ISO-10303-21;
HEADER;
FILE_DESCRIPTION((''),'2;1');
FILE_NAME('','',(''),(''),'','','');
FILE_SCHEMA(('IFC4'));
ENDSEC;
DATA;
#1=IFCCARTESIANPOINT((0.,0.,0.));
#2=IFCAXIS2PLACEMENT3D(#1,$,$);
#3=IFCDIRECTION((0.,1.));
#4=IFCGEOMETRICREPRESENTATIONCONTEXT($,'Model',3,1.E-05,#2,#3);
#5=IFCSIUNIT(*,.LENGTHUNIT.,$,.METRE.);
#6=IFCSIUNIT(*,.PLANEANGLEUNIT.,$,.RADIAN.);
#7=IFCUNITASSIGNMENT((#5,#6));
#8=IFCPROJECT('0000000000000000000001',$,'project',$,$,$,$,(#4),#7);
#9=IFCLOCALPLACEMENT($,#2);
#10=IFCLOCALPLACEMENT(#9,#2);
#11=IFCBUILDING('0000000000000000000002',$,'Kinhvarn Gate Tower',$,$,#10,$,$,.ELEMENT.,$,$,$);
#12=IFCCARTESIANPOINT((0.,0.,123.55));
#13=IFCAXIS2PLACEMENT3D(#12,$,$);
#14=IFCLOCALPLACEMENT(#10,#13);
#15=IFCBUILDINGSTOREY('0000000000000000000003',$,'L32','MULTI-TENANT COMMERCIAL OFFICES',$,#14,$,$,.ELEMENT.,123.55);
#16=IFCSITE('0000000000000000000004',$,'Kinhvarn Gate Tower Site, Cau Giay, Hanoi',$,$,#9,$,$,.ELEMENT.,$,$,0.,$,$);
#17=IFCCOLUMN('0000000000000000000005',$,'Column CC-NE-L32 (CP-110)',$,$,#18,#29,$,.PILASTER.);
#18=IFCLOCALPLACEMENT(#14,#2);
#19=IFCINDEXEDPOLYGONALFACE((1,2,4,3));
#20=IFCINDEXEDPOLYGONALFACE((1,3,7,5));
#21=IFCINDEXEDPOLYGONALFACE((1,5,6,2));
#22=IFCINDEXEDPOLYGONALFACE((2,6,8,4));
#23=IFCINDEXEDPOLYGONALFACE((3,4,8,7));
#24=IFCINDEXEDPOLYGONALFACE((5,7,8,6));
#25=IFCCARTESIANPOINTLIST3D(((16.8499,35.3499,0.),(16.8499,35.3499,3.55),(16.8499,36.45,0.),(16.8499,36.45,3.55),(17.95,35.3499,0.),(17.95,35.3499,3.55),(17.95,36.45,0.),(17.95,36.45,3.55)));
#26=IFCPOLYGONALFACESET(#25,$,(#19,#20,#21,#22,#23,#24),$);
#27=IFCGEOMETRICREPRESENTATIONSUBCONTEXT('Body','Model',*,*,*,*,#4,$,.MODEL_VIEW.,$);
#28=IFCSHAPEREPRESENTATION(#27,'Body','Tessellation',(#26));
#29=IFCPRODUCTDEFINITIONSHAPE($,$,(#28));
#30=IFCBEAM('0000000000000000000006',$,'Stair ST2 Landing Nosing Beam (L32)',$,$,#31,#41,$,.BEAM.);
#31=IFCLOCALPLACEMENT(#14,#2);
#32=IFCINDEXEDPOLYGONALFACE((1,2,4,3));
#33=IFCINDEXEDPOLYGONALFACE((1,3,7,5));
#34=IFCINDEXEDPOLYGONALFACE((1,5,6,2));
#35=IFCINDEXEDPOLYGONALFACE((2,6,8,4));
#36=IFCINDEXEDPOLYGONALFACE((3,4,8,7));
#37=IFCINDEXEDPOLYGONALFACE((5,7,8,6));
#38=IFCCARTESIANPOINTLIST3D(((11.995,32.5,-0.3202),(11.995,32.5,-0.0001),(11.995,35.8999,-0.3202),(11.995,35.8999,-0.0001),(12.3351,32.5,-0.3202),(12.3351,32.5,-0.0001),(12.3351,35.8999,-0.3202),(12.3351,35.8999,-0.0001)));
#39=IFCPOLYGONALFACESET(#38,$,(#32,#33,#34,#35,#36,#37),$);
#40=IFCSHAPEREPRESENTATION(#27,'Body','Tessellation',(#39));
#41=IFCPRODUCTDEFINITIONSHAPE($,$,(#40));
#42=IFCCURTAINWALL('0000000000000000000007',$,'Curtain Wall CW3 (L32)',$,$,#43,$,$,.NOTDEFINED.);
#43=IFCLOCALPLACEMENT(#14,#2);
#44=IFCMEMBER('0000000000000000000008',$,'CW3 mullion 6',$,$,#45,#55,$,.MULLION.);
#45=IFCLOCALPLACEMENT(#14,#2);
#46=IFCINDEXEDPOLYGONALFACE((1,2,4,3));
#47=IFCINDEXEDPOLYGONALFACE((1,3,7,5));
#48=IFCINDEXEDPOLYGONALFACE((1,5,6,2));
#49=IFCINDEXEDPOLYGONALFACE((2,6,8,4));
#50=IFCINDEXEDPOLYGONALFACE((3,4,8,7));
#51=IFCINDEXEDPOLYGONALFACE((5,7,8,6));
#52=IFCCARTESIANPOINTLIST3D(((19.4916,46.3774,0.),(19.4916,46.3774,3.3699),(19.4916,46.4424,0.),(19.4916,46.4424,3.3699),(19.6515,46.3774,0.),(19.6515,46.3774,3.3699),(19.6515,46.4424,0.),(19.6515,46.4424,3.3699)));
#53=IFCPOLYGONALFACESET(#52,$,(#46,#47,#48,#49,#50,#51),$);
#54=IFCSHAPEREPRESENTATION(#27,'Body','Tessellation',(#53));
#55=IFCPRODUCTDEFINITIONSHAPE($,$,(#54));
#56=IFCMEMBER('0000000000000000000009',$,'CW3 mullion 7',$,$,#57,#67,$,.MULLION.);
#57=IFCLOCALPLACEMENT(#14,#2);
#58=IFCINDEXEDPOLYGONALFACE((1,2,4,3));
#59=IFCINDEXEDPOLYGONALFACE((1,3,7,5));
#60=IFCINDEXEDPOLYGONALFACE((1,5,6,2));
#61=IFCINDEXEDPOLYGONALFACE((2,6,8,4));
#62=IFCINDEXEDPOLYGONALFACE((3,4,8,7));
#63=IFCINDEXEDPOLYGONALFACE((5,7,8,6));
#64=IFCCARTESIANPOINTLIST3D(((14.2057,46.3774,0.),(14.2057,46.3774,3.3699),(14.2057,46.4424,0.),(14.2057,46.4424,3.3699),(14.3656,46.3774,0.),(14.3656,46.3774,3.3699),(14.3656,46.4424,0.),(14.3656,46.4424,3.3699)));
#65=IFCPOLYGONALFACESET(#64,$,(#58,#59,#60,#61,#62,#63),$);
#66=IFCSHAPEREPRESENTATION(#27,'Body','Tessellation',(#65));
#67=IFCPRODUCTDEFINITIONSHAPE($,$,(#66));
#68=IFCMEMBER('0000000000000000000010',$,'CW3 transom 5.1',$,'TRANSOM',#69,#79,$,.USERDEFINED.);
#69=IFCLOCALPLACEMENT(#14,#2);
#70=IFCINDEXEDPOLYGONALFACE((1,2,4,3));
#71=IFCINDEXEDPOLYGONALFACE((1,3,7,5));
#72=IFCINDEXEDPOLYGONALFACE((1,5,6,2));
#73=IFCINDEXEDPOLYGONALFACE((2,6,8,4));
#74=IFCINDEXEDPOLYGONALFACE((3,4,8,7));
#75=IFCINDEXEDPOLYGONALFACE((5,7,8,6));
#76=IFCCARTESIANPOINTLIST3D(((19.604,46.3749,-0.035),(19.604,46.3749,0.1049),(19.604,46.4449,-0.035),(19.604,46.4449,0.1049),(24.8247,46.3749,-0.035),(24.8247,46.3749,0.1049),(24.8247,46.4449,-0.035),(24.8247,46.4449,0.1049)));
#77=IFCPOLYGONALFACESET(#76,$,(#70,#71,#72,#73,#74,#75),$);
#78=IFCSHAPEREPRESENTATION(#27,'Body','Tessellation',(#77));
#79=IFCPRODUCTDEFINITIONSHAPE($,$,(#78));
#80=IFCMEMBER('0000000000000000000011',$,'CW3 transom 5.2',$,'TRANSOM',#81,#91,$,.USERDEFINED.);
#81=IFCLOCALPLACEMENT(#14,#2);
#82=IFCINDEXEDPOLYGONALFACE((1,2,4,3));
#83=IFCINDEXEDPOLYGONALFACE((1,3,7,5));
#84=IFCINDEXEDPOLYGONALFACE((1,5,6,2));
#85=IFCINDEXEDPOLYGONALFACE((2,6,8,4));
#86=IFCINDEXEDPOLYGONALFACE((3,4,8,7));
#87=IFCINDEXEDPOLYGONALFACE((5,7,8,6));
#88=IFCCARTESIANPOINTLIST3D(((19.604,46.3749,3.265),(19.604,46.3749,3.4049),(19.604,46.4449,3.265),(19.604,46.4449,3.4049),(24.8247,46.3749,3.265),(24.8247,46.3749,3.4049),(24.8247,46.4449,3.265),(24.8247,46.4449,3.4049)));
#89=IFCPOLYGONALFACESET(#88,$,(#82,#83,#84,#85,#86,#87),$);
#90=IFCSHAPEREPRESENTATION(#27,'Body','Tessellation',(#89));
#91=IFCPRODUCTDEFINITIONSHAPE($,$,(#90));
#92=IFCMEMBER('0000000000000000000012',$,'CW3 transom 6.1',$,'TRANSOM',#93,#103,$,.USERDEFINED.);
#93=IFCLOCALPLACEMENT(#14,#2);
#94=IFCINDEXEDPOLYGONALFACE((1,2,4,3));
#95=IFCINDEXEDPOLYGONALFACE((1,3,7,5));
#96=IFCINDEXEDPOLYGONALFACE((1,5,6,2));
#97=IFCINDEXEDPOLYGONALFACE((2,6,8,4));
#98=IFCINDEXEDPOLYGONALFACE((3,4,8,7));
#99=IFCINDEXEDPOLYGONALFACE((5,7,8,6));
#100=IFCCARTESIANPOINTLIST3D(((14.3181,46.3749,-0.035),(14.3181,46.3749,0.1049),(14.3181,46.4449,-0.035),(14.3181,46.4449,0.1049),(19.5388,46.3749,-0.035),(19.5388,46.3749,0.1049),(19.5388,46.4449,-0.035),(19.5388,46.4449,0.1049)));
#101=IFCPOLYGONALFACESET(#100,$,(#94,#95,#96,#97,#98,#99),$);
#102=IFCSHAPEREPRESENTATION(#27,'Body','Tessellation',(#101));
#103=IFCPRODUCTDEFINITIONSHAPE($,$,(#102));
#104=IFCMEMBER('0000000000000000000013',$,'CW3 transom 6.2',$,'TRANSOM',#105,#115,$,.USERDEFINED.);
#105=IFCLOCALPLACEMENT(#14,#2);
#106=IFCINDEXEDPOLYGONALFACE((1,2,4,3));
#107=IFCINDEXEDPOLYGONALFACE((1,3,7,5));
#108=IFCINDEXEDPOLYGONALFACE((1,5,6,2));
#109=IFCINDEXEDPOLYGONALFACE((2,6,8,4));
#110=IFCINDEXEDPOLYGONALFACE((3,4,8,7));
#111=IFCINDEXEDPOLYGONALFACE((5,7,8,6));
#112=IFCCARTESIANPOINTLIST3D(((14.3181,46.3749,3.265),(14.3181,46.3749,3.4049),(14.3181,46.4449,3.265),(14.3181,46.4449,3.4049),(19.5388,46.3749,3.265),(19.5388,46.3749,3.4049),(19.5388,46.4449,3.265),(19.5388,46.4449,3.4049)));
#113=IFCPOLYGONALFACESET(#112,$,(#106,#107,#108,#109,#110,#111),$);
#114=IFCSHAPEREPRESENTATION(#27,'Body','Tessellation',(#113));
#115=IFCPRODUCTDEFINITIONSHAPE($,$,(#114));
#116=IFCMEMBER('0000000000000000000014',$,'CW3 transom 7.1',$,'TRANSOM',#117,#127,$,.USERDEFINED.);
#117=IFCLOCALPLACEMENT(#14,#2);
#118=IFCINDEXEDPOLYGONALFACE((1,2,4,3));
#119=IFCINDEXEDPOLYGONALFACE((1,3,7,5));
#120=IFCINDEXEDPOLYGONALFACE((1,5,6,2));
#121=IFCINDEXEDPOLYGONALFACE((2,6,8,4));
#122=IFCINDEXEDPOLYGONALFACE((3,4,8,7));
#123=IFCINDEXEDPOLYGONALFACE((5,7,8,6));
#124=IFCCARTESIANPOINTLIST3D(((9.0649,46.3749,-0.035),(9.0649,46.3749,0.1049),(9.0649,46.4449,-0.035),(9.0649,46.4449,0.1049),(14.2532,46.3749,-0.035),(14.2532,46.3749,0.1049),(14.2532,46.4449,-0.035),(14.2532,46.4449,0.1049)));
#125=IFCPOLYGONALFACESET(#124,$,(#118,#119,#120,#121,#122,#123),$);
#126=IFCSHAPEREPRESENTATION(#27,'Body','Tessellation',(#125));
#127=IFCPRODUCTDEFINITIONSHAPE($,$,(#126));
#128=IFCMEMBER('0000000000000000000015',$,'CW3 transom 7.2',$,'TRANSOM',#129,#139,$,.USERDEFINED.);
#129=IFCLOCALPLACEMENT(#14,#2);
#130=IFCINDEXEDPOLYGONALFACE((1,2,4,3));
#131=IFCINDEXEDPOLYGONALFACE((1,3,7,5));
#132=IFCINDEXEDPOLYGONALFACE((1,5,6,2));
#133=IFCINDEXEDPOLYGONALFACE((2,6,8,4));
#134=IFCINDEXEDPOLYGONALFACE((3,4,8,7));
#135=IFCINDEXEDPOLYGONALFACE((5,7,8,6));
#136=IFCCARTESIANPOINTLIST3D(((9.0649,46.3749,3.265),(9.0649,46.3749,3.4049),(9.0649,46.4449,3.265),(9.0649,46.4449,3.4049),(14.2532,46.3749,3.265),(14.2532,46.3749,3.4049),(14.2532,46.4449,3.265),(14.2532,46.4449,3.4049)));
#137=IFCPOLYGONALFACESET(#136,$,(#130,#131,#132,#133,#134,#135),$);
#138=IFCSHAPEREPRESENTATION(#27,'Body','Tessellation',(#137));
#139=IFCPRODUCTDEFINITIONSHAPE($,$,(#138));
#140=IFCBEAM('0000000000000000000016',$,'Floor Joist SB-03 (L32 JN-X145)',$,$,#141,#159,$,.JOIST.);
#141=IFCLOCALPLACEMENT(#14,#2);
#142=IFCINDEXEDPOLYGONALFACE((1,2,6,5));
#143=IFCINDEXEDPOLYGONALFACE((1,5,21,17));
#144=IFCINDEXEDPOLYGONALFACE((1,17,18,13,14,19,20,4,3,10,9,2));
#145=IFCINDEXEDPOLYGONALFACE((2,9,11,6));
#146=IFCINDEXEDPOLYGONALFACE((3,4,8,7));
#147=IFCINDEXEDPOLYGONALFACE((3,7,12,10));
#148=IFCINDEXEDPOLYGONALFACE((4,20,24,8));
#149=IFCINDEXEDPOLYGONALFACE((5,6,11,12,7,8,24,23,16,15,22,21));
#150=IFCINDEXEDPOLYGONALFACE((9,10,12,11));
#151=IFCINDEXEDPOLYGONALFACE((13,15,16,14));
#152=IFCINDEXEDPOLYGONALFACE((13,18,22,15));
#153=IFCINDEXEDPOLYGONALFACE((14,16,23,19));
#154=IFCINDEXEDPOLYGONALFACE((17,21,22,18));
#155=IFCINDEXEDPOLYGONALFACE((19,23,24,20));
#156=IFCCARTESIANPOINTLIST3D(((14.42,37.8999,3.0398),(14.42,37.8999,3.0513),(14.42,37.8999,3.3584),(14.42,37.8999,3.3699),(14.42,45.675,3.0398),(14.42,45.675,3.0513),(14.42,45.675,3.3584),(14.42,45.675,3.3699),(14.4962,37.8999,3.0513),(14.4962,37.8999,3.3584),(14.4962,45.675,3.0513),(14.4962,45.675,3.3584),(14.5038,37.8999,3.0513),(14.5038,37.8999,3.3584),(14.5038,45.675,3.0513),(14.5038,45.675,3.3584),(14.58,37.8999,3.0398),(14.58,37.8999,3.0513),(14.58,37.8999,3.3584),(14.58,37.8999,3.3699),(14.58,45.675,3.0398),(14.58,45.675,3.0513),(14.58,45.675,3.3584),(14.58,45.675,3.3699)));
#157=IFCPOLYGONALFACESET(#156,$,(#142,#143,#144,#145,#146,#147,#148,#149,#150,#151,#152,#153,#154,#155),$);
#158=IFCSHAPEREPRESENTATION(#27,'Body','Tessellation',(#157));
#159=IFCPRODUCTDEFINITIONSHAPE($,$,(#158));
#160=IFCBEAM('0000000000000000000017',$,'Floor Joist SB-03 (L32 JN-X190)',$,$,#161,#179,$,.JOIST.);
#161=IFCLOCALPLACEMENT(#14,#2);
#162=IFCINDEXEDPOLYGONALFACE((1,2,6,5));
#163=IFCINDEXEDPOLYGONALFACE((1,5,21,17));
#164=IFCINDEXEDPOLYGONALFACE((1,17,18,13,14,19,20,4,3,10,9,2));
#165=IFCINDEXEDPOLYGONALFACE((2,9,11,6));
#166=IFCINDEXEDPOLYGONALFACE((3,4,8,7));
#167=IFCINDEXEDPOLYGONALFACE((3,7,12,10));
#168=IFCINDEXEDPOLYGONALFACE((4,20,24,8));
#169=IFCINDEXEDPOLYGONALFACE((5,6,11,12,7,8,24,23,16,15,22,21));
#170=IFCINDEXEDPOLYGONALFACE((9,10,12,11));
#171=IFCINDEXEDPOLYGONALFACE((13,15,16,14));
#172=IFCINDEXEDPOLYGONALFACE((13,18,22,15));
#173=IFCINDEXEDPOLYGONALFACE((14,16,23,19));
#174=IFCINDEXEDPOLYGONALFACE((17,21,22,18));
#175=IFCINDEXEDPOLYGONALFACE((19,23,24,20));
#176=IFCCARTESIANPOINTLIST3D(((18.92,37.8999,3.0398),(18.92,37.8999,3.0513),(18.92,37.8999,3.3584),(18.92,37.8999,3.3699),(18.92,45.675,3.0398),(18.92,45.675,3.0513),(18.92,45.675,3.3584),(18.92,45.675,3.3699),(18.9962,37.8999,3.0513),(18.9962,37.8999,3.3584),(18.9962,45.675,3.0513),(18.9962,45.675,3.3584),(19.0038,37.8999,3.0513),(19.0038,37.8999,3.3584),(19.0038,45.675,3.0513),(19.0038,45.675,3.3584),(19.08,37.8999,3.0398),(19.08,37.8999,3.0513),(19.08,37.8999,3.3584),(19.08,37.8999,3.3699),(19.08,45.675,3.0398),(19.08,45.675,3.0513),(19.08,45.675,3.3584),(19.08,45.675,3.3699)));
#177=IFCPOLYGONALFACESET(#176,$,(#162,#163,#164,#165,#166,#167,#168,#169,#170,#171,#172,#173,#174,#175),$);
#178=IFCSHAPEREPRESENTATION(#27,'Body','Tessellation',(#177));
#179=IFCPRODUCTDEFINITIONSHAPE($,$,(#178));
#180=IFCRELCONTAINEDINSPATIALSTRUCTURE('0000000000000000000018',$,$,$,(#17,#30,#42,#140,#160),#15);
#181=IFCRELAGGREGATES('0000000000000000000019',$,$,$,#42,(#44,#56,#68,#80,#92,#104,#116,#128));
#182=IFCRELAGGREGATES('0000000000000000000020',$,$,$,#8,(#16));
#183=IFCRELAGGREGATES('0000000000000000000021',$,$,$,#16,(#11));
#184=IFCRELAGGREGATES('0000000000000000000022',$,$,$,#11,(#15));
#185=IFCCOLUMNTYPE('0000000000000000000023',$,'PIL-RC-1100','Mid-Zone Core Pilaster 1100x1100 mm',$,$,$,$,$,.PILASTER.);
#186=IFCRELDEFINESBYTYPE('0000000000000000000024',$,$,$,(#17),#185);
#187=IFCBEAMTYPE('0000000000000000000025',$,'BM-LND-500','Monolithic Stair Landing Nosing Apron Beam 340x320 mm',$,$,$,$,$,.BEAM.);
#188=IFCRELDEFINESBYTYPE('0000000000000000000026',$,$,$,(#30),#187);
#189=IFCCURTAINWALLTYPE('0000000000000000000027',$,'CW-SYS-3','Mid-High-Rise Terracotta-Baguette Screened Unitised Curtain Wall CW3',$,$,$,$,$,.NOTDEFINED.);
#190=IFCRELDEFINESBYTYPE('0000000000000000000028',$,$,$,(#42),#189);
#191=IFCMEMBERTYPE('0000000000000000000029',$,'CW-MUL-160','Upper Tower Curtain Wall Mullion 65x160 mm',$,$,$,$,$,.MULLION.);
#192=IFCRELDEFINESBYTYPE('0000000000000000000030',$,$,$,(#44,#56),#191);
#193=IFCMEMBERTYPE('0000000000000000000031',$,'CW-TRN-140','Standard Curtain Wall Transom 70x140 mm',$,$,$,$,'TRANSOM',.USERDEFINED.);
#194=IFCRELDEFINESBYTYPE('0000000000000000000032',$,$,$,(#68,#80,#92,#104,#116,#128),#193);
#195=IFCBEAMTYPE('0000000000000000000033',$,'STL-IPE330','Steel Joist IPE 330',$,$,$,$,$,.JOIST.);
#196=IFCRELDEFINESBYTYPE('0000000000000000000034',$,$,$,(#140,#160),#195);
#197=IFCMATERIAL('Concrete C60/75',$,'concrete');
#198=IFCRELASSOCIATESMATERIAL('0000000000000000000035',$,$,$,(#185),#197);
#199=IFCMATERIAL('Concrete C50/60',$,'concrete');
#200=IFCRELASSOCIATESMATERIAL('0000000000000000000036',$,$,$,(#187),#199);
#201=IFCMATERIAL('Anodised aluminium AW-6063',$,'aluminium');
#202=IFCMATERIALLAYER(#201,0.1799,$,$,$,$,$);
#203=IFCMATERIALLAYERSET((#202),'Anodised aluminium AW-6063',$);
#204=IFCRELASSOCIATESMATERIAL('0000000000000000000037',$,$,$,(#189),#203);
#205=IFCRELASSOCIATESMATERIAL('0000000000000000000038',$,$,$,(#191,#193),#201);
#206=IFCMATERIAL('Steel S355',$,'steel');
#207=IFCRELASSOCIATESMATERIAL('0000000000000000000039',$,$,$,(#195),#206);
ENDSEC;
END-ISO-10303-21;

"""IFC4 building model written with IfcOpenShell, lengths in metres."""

from ifc_helpers import new_model, si_unit, direction, frame, origin, origin_2d, place, context, subcontext, project, spatial, rectangle, i_section, extrude, material, layer, layer_set, material_profile, profile_set, type_object, element, aggregate, save


model = new_model("IFC4")

# Units and contexts
model_context = context("Model", 3, precision=1e-05, world=origin(), true_north=direction((0.0, 1.0)))
body_context = subcontext(model_context, "Body", "Model", "MODEL_VIEW")
ifc_project = project(units=[si_unit("LENGTHUNIT", "METRE"), si_unit("PLANEANGLEUNIT", "RADIAN")], contexts=[model_context])

# Site, building, storey
site_placement = place(None, origin())
site = spatial("IfcSite", under=ifc_project, at=site_placement, Name="Kinhvarn Gate Tower Site, Cau Giay, Hanoi", CompositionType="ELEMENT", RefElevation=0.0)
building_placement = place(site_placement, origin())
building = spatial("IfcBuilding", under=site, at=building_placement, Name="Kinhvarn Gate Tower", CompositionType="ELEMENT")
storey_placement = place(building_placement, frame((0.0, 0.0, 123.55)))
storey = spatial("IfcBuildingStorey", under=building, at=storey_placement, Name="L32", Description="MULTI-TENANT COMMERCIAL OFFICES", CompositionType="ELEMENT", Elevation=123.55)

# Column
ifc_material_1 = material(Name="Concrete C60/75", Category="concrete")
ifc_material_profile_1 = material_profile(ifc_material_1, rectangle(XDim=1.1001, YDim=1.1001, at=origin_2d()), Name="RC 1100x1100")
ifc_profile_set_1 = profile_set([ifc_material_profile_1], Name="Concrete C60/75")
column_type = type_object("IfcColumnType", Name="PIL-RC-1100", Description="Mid-Zone Core Pilaster 1100x1100 mm", PredefinedType="PILASTER", material=ifc_profile_set_1)
column_placement = place(storey_placement, frame((17.3999, 35.8999, 0.0), z_axis=(0.0, 0.0, 1.0), x_axis=(1.0, 0.0, 0.0)))
element("IfcColumn", 1, at=column_placement, inside=storey, type_object=column_type, Name="Column CC-NE-L32 (CP-110)", PredefinedType="PILASTER", context=body_context, shape_type="SweptSolid", body=[
    extrude(rectangle(XDim=1.1001, YDim=1.1001, at=origin_2d()), origin(), (0.0, 0.0, 1.0), 3.55),
])

# Beam
ifc_material_2 = material(Name="Concrete C50/60", Category="concrete")
ifc_material_profile_2 = material_profile(ifc_material_2, rectangle(XDim=0.3401, YDim=0.3201, at=origin_2d()), Name="RC 340x320")
ifc_profile_set_2 = profile_set([ifc_material_profile_2], Name="Concrete C50/60")
beam_type_1 = type_object("IfcBeamType", Name="BM-LND-500", Description="Monolithic Stair Landing Nosing Apron Beam 340x320 mm", PredefinedType="BEAM", material=ifc_profile_set_2)
beam_placement = place(storey_placement, frame((12.165, 32.5, -0.1602), z_axis=(0.0, 1.0, 0.0), x_axis=(-1.0, 0.0, 0.0)))
element("IfcBeam", 2, at=beam_placement, inside=storey, type_object=beam_type_1, Name="Stair ST2 Landing Nosing Beam (L32)", PredefinedType="BEAM", context=body_context, shape_type="SweptSolid", body=[
    extrude(rectangle(XDim=0.3401, YDim=0.3201, at=origin_2d()), origin(), (0.0, 0.0, 1.0), 3.3999),
])

# Curtain wall, members
ifc_material_3 = material(Name="Anodised aluminium AW-6063", Category="aluminium")
ifc_layer_1 = layer(ifc_material_3, 0.1799)
ifc_layer_set_1 = layer_set([ifc_layer_1], Name="Anodised aluminium AW-6063")
curtain_wall_type = type_object("IfcCurtainWallType", Name="CW-SYS-3", Description="Mid-High-Rise Terracotta-Baguette Screened Unitised Curtain Wall CW3", PredefinedType="NOTDEFINED", material=ifc_layer_set_1)
curtain_wall_placement = place(storey_placement, origin())
curtain_wall = element("IfcCurtainWall", 3, at=curtain_wall_placement, inside=storey, type_object=curtain_wall_type, Name="Curtain Wall CW3 (L32)", PredefinedType="NOTDEFINED")
ifc_material_profile_3 = material_profile(ifc_material_3, rectangle(XDim=0.0649, YDim=0.1599, at=origin_2d()), Name="ALU 65x160")
ifc_profile_set_3 = profile_set([ifc_material_profile_3], Name="Anodised aluminium AW-6063")
member_type_1 = type_object("IfcMemberType", Name="CW-MUL-160", Description="Upper Tower Curtain Wall Mullion 65x160 mm", PredefinedType="MULLION", material=ifc_profile_set_3)
member_1_placement = place(storey_placement, frame((19.5715, 46.4099, 0.0), z_axis=(0.0, 0.0, 1.0), x_axis=(0.0, -1.0, 0.0)))
member_1 = element("IfcMember", 4, at=member_1_placement, type_object=member_type_1, Name="CW3 mullion 6", PredefinedType="MULLION", context=body_context, shape_type="SweptSolid", body=[
    extrude(rectangle(XDim=0.0649, YDim=0.1599, at=origin_2d()), origin(), (0.0, 0.0, 1.0), 3.3699),
])
member_2_placement = place(storey_placement, frame((14.2856, 46.4099, 0.0), z_axis=(0.0, 0.0, 1.0), x_axis=(0.0, -1.0, 0.0)))
member_2 = element("IfcMember", 5, at=member_2_placement, type_object=member_type_1, Name="CW3 mullion 7", PredefinedType="MULLION", context=body_context, shape_type="SweptSolid", body=[
    extrude(rectangle(XDim=0.0649, YDim=0.1599, at=origin_2d()), origin(), (0.0, 0.0, 1.0), 3.3699),
])
ifc_material_profile_4 = material_profile(ifc_material_3, rectangle(XDim=0.0701, YDim=0.1399, at=origin_2d()), Name="ALU 70x140")
ifc_profile_set_4 = profile_set([ifc_material_profile_4], Name="Anodised aluminium AW-6063")
member_type_2 = type_object("IfcMemberType", Name="CW-TRN-140", Description="Standard Curtain Wall Transom 70x140 mm", ElementType="TRANSOM", PredefinedType="USERDEFINED", material=ifc_profile_set_4)
member_3_placement = place(storey_placement, frame((24.8247, 46.4099, 0.0349), z_axis=(-1.0, 0.0, 0.0), x_axis=(0.0, -1.0, 0.0)))
member_3 = element("IfcMember", 6, at=member_3_placement, type_object=member_type_2, Name="CW3 transom 5.1", ObjectType="TRANSOM", PredefinedType="USERDEFINED", context=body_context, shape_type="SweptSolid", body=[
    extrude(rectangle(XDim=0.0701, YDim=0.1399, at=origin_2d()), origin(), (0.0, 0.0, 1.0), 5.2207),
])
member_4_placement = place(storey_placement, frame((24.8247, 46.4099, 3.335), z_axis=(-1.0, 0.0, 0.0), x_axis=(0.0, -1.0, 0.0)))
member_4 = element("IfcMember", 7, at=member_4_placement, type_object=member_type_2, Name="CW3 transom 5.2", ObjectType="TRANSOM", PredefinedType="USERDEFINED", context=body_context, shape_type="SweptSolid", body=[
    extrude(rectangle(XDim=0.0701, YDim=0.1399, at=origin_2d()), origin(), (0.0, 0.0, 1.0), 5.2207),
])
member_5_placement = place(storey_placement, frame((19.5388, 46.4099, 0.0349), z_axis=(-1.0, 0.0, 0.0), x_axis=(0.0, -1.0, 0.0)))
member_5 = element("IfcMember", 8, at=member_5_placement, type_object=member_type_2, Name="CW3 transom 6.1", ObjectType="TRANSOM", PredefinedType="USERDEFINED", context=body_context, shape_type="SweptSolid", body=[
    extrude(rectangle(XDim=0.0701, YDim=0.1399, at=origin_2d()), origin(), (0.0, 0.0, 1.0), 5.2207),
])
member_6_placement = place(storey_placement, frame((19.5388, 46.4099, 3.335), z_axis=(-1.0, 0.0, 0.0), x_axis=(0.0, -1.0, 0.0)))
member_6 = element("IfcMember", 9, at=member_6_placement, type_object=member_type_2, Name="CW3 transom 6.2", ObjectType="TRANSOM", PredefinedType="USERDEFINED", context=body_context, shape_type="SweptSolid", body=[
    extrude(rectangle(XDim=0.0701, YDim=0.1399, at=origin_2d()), origin(), (0.0, 0.0, 1.0), 5.2207),
])
member_7_placement = place(storey_placement, frame((14.2532, 46.4099, 0.0349), z_axis=(-1.0, 0.0, 0.0), x_axis=(0.0, -1.0, 0.0)))
member_7 = element("IfcMember", 10, at=member_7_placement, type_object=member_type_2, Name="CW3 transom 7.1", ObjectType="TRANSOM", PredefinedType="USERDEFINED", context=body_context, shape_type="SweptSolid", body=[
    extrude(rectangle(XDim=0.0701, YDim=0.1399, at=origin_2d()), origin(), (0.0, 0.0, 1.0), 5.1882),
])
member_8_placement = place(storey_placement, frame((14.2532, 46.4099, 3.335), z_axis=(-1.0, 0.0, 0.0), x_axis=(0.0, -1.0, 0.0)))
member_8 = element("IfcMember", 11, at=member_8_placement, type_object=member_type_2, Name="CW3 transom 7.2", ObjectType="TRANSOM", PredefinedType="USERDEFINED", context=body_context, shape_type="SweptSolid", body=[
    extrude(rectangle(XDim=0.0701, YDim=0.1399, at=origin_2d()), origin(), (0.0, 0.0, 1.0), 5.1882),
])

# Beams
ifc_material_4 = material(Name="Steel S355", Category="steel")
ifc_material_profile_5 = material_profile(ifc_material_4, i_section(OverallWidth=0.1599, OverallDepth=0.3301, WebThickness=0.0076, FlangeThickness=0.0115, at=origin_2d()), Name="IPE 330")
ifc_profile_set_5 = profile_set([ifc_material_profile_5], Name="Steel S355")
beam_type_2 = type_object("IfcBeamType", Name="STL-IPE330", Description="Steel Joist IPE 330", PredefinedType="JOIST", material=ifc_profile_set_5)
for number, where, z_axis, x_axis, name in (
    (12, (14.5, 37.8999, 3.2048), (0.0, 1.0, 0.0), (-1.0, 0.0, 0.0), "Floor Joist SB-03 (L32 JN-X145)"),
    (13, (19.0, 37.8999, 3.2048), (0.0, 1.0, 0.0), (-1.0, 0.0, 0.0), "Floor Joist SB-03 (L32 JN-X190)"),
):
    element("IfcBeam", number, at=place(storey_placement, frame(where, z_axis=z_axis, x_axis=x_axis)), inside=storey, type_object=beam_type_2, Name=name, PredefinedType="JOIST", context=body_context, shape_type="SweptSolid", body=[
        extrude(i_section(OverallWidth=0.1599, OverallDepth=0.3301, WebThickness=0.0076, FlangeThickness=0.0115, at=origin_2d()), origin(), (0.0, 0.0, 1.0), 7.7751),
    ])

aggregate(curtain_wall, [member_1, member_2, member_3, member_4, member_5, member_6, member_7, member_8])

save(model, "model.ifc")
